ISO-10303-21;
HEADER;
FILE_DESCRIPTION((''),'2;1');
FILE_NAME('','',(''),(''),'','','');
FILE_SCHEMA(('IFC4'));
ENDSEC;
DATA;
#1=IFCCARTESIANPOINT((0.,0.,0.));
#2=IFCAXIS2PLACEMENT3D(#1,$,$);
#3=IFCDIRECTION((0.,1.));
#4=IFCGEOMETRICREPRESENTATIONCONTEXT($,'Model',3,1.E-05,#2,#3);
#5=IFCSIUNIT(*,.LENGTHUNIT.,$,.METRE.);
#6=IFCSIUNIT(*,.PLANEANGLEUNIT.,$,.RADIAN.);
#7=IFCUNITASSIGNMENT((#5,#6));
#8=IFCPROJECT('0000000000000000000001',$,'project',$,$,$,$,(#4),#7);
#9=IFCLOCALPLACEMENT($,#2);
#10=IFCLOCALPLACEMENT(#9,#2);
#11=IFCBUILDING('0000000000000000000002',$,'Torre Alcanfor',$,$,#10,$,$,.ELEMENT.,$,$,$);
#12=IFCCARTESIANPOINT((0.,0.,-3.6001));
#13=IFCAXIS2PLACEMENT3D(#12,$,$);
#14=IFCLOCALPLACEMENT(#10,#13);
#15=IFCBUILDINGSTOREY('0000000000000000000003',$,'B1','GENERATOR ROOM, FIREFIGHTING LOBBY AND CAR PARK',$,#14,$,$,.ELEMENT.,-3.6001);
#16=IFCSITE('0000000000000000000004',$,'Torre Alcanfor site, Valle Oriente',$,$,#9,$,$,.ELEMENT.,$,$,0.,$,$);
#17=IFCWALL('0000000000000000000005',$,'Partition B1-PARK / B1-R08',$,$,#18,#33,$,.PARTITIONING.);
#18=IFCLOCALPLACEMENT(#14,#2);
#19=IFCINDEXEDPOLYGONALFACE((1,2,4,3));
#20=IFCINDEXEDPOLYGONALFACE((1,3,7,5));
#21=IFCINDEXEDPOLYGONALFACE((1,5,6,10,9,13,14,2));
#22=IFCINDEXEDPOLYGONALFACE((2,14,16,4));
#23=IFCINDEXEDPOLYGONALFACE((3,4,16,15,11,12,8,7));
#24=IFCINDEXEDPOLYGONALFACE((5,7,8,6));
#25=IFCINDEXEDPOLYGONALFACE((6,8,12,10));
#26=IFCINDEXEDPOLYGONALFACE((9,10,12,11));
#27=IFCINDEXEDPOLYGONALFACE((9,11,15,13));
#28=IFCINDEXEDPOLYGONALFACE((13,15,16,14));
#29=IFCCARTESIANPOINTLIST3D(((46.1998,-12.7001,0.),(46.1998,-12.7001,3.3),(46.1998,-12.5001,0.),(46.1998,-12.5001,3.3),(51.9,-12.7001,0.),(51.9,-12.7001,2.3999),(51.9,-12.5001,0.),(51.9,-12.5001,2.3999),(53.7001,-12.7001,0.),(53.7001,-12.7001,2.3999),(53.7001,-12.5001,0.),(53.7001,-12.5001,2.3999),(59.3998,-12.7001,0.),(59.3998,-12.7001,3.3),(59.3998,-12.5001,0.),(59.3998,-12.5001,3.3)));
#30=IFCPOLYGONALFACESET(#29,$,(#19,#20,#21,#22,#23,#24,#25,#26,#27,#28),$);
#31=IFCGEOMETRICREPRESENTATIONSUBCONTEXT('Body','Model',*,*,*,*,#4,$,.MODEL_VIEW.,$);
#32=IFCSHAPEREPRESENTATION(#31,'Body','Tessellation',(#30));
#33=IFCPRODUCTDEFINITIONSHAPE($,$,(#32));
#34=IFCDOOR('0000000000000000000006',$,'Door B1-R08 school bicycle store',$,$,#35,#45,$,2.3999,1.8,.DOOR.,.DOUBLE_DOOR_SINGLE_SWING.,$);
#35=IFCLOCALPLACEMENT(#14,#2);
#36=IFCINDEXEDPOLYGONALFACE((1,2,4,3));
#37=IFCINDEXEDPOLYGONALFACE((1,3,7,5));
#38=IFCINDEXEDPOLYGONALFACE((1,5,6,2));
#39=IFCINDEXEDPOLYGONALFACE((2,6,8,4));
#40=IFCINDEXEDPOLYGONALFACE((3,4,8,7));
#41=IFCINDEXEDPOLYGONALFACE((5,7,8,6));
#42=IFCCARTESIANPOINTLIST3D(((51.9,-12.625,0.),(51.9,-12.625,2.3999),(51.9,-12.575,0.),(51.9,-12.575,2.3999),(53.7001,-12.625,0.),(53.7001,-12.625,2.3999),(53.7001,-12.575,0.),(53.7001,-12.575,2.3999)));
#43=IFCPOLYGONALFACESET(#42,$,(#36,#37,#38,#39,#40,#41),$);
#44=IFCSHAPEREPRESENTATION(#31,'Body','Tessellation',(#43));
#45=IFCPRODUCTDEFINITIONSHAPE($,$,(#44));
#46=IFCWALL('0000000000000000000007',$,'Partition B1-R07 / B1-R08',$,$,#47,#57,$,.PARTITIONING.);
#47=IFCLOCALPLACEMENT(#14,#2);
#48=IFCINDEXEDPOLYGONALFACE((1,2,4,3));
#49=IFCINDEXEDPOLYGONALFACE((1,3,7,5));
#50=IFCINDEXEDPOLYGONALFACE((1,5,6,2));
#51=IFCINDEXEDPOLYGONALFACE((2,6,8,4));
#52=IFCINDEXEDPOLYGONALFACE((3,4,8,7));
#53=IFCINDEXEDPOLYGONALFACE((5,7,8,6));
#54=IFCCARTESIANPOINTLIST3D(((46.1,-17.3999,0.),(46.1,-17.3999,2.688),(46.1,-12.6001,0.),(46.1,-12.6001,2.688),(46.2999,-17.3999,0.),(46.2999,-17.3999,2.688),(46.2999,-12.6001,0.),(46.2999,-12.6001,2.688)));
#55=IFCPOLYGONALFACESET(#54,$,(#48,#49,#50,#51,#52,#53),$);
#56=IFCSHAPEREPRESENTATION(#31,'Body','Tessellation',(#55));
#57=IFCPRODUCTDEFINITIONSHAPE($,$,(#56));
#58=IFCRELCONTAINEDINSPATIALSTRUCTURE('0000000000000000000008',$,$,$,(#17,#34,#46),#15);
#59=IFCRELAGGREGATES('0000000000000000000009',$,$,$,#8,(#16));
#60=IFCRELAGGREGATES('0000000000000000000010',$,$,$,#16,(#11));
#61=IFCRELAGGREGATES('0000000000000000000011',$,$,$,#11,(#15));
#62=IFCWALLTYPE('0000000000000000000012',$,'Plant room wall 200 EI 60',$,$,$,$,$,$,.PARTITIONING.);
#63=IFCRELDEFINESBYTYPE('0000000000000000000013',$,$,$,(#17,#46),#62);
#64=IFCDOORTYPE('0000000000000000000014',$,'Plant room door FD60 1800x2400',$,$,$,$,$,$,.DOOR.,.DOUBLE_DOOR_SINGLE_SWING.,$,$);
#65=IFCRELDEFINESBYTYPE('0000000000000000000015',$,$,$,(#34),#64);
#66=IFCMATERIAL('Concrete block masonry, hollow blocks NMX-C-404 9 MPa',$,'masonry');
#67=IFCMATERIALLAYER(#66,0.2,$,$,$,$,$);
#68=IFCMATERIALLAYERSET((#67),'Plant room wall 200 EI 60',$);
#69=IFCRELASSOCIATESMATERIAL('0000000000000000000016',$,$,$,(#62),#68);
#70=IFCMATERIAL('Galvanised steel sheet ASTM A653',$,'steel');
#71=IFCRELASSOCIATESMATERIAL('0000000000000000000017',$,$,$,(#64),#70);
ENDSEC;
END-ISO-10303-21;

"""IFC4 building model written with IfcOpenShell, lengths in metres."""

from ifc_helpers import new_model, si_unit, direction, frame, frame_2d, origin, place, context, subcontext, project, spatial, rectangle, extrude, material, layer, layer_set, type_object, element, fill, save


model = new_model("IFC4")

# Units and contexts
model_context = context("Model", 3, precision=1e-05, world=origin(), true_north=direction((0.0, 1.0)))
body_context = subcontext(model_context, "Body", "Model", "MODEL_VIEW")
ifc_project = project(units=[si_unit("LENGTHUNIT", "METRE"), si_unit("PLANEANGLEUNIT", "RADIAN")], contexts=[model_context])

# Site, building, storey
site_placement = place(None, origin())
site = spatial("IfcSite", under=ifc_project, at=site_placement, Name="Torre Alcanfor site, Valle Oriente", CompositionType="ELEMENT", RefElevation=0.0)
building_placement = place(site_placement, origin())
building = spatial("IfcBuilding", under=site, at=building_placement, Name="Torre Alcanfor", CompositionType="ELEMENT")
storey_placement = place(building_placement, frame((0.0, 0.0, -3.6001)))
storey = spatial("IfcBuildingStorey", under=building, at=storey_placement, Name="B1", Description="GENERATOR ROOM, FIREFIGHTING LOBBY AND CAR PARK", CompositionType="ELEMENT", Elevation=-3.6001)

# Wall, opening, door
ifc_material_1 = material(Name="Concrete block masonry, hollow blocks NMX-C-404 9 MPa", Category="masonry")
ifc_layer_1 = layer(ifc_material_1, 0.2)
ifc_layer_set_1 = layer_set([ifc_layer_1], Name="Plant room wall 200 EI 60")
wall_type_1 = type_object("IfcWallType", Name="Plant room wall 200 EI 60", PredefinedType="PARTITIONING", material=ifc_layer_set_1)
ifc_material_2 = material(Name="Galvanised steel sheet ASTM A653", Category="steel")
door_type = type_object("IfcDoorType", Name="Plant room door FD60 1800x2400", OperationType="DOUBLE_DOOR_SINGLE_SWING", PredefinedType="DOOR", material=ifc_material_2)
wall_1_placement = place(storey_placement, frame((59.3999, -12.6001, 0.0), z_axis=(0.0, 0.0, 1.0), x_axis=(-1.0, 0.0, 0.0)))
wall_1 = element("IfcWall", 1, at=wall_1_placement, inside=storey, type_object=wall_type_1, Name="Partition B1-PARK / B1-R08", PredefinedType="PARTITIONING", context=body_context, shape_type="SweptSolid", body=[
    extrude(rectangle(XDim=13.2, YDim=0.2, at=frame_2d((6.6001, 0.0))), origin(), (0.0, 0.0, 1.0), 3.3),
])
opening_1_placement = place(wall_1_placement, frame((5.7, 0.0, 0.0)))
opening_1 = element("IfcOpeningElement", 2, at=opening_1_placement, cuts=wall_1, PredefinedType="OPENING", context=body_context, shape_type="SweptSolid", body=[
    extrude(rectangle(XDim=1.8, YDim=2.3999, at=frame_2d((0.8999, 1.2))), frame((0.0, 0.1099, 0.0), z_axis=(0.0, -1.0, 0.0), x_axis=(1.0, 0.0, 0.0)), (0.0, 0.0, 1.0), 0.22),
])
door_1_placement = place(opening_1_placement, origin())
door_1 = element("IfcDoor", 3, at=door_1_placement, inside=storey, type_object=door_type, Name="Door B1-R08 school bicycle store", OperationType="DOUBLE_DOOR_SINGLE_SWING", OverallHeight=2.3999, OverallWidth=1.8, PredefinedType="DOOR", context=body_context, shape_type="SweptSolid", body=[
    extrude(rectangle(XDim=1.8, YDim=2.3999, at=frame_2d((0.8999, 1.2))), frame((0.0, 0.0249, 0.0), z_axis=(0.0, -1.0, 0.0), x_axis=(1.0, 0.0, 0.0)), (0.0, 0.0, 1.0), 0.05),
])
fill(opening_1, door_1)

# Wall
wall_2_placement = place(storey_placement, frame((46.2, -12.6001, 0.0), z_axis=(0.0, 0.0, 1.0), x_axis=(0.0, -1.0, 0.0)))
element("IfcWall", 4, at=wall_2_placement, inside=storey, type_object=wall_type_1, Name="Partition B1-R07 / B1-R08", PredefinedType="PARTITIONING", context=body_context, shape_type="SweptSolid", body=[
    extrude(rectangle(XDim=4.7998, YDim=0.2, at=frame_2d((2.3999, 0.0))), origin(), (0.0, 0.0, 1.0), 2.688),
])

save(model, "model.ifc")
